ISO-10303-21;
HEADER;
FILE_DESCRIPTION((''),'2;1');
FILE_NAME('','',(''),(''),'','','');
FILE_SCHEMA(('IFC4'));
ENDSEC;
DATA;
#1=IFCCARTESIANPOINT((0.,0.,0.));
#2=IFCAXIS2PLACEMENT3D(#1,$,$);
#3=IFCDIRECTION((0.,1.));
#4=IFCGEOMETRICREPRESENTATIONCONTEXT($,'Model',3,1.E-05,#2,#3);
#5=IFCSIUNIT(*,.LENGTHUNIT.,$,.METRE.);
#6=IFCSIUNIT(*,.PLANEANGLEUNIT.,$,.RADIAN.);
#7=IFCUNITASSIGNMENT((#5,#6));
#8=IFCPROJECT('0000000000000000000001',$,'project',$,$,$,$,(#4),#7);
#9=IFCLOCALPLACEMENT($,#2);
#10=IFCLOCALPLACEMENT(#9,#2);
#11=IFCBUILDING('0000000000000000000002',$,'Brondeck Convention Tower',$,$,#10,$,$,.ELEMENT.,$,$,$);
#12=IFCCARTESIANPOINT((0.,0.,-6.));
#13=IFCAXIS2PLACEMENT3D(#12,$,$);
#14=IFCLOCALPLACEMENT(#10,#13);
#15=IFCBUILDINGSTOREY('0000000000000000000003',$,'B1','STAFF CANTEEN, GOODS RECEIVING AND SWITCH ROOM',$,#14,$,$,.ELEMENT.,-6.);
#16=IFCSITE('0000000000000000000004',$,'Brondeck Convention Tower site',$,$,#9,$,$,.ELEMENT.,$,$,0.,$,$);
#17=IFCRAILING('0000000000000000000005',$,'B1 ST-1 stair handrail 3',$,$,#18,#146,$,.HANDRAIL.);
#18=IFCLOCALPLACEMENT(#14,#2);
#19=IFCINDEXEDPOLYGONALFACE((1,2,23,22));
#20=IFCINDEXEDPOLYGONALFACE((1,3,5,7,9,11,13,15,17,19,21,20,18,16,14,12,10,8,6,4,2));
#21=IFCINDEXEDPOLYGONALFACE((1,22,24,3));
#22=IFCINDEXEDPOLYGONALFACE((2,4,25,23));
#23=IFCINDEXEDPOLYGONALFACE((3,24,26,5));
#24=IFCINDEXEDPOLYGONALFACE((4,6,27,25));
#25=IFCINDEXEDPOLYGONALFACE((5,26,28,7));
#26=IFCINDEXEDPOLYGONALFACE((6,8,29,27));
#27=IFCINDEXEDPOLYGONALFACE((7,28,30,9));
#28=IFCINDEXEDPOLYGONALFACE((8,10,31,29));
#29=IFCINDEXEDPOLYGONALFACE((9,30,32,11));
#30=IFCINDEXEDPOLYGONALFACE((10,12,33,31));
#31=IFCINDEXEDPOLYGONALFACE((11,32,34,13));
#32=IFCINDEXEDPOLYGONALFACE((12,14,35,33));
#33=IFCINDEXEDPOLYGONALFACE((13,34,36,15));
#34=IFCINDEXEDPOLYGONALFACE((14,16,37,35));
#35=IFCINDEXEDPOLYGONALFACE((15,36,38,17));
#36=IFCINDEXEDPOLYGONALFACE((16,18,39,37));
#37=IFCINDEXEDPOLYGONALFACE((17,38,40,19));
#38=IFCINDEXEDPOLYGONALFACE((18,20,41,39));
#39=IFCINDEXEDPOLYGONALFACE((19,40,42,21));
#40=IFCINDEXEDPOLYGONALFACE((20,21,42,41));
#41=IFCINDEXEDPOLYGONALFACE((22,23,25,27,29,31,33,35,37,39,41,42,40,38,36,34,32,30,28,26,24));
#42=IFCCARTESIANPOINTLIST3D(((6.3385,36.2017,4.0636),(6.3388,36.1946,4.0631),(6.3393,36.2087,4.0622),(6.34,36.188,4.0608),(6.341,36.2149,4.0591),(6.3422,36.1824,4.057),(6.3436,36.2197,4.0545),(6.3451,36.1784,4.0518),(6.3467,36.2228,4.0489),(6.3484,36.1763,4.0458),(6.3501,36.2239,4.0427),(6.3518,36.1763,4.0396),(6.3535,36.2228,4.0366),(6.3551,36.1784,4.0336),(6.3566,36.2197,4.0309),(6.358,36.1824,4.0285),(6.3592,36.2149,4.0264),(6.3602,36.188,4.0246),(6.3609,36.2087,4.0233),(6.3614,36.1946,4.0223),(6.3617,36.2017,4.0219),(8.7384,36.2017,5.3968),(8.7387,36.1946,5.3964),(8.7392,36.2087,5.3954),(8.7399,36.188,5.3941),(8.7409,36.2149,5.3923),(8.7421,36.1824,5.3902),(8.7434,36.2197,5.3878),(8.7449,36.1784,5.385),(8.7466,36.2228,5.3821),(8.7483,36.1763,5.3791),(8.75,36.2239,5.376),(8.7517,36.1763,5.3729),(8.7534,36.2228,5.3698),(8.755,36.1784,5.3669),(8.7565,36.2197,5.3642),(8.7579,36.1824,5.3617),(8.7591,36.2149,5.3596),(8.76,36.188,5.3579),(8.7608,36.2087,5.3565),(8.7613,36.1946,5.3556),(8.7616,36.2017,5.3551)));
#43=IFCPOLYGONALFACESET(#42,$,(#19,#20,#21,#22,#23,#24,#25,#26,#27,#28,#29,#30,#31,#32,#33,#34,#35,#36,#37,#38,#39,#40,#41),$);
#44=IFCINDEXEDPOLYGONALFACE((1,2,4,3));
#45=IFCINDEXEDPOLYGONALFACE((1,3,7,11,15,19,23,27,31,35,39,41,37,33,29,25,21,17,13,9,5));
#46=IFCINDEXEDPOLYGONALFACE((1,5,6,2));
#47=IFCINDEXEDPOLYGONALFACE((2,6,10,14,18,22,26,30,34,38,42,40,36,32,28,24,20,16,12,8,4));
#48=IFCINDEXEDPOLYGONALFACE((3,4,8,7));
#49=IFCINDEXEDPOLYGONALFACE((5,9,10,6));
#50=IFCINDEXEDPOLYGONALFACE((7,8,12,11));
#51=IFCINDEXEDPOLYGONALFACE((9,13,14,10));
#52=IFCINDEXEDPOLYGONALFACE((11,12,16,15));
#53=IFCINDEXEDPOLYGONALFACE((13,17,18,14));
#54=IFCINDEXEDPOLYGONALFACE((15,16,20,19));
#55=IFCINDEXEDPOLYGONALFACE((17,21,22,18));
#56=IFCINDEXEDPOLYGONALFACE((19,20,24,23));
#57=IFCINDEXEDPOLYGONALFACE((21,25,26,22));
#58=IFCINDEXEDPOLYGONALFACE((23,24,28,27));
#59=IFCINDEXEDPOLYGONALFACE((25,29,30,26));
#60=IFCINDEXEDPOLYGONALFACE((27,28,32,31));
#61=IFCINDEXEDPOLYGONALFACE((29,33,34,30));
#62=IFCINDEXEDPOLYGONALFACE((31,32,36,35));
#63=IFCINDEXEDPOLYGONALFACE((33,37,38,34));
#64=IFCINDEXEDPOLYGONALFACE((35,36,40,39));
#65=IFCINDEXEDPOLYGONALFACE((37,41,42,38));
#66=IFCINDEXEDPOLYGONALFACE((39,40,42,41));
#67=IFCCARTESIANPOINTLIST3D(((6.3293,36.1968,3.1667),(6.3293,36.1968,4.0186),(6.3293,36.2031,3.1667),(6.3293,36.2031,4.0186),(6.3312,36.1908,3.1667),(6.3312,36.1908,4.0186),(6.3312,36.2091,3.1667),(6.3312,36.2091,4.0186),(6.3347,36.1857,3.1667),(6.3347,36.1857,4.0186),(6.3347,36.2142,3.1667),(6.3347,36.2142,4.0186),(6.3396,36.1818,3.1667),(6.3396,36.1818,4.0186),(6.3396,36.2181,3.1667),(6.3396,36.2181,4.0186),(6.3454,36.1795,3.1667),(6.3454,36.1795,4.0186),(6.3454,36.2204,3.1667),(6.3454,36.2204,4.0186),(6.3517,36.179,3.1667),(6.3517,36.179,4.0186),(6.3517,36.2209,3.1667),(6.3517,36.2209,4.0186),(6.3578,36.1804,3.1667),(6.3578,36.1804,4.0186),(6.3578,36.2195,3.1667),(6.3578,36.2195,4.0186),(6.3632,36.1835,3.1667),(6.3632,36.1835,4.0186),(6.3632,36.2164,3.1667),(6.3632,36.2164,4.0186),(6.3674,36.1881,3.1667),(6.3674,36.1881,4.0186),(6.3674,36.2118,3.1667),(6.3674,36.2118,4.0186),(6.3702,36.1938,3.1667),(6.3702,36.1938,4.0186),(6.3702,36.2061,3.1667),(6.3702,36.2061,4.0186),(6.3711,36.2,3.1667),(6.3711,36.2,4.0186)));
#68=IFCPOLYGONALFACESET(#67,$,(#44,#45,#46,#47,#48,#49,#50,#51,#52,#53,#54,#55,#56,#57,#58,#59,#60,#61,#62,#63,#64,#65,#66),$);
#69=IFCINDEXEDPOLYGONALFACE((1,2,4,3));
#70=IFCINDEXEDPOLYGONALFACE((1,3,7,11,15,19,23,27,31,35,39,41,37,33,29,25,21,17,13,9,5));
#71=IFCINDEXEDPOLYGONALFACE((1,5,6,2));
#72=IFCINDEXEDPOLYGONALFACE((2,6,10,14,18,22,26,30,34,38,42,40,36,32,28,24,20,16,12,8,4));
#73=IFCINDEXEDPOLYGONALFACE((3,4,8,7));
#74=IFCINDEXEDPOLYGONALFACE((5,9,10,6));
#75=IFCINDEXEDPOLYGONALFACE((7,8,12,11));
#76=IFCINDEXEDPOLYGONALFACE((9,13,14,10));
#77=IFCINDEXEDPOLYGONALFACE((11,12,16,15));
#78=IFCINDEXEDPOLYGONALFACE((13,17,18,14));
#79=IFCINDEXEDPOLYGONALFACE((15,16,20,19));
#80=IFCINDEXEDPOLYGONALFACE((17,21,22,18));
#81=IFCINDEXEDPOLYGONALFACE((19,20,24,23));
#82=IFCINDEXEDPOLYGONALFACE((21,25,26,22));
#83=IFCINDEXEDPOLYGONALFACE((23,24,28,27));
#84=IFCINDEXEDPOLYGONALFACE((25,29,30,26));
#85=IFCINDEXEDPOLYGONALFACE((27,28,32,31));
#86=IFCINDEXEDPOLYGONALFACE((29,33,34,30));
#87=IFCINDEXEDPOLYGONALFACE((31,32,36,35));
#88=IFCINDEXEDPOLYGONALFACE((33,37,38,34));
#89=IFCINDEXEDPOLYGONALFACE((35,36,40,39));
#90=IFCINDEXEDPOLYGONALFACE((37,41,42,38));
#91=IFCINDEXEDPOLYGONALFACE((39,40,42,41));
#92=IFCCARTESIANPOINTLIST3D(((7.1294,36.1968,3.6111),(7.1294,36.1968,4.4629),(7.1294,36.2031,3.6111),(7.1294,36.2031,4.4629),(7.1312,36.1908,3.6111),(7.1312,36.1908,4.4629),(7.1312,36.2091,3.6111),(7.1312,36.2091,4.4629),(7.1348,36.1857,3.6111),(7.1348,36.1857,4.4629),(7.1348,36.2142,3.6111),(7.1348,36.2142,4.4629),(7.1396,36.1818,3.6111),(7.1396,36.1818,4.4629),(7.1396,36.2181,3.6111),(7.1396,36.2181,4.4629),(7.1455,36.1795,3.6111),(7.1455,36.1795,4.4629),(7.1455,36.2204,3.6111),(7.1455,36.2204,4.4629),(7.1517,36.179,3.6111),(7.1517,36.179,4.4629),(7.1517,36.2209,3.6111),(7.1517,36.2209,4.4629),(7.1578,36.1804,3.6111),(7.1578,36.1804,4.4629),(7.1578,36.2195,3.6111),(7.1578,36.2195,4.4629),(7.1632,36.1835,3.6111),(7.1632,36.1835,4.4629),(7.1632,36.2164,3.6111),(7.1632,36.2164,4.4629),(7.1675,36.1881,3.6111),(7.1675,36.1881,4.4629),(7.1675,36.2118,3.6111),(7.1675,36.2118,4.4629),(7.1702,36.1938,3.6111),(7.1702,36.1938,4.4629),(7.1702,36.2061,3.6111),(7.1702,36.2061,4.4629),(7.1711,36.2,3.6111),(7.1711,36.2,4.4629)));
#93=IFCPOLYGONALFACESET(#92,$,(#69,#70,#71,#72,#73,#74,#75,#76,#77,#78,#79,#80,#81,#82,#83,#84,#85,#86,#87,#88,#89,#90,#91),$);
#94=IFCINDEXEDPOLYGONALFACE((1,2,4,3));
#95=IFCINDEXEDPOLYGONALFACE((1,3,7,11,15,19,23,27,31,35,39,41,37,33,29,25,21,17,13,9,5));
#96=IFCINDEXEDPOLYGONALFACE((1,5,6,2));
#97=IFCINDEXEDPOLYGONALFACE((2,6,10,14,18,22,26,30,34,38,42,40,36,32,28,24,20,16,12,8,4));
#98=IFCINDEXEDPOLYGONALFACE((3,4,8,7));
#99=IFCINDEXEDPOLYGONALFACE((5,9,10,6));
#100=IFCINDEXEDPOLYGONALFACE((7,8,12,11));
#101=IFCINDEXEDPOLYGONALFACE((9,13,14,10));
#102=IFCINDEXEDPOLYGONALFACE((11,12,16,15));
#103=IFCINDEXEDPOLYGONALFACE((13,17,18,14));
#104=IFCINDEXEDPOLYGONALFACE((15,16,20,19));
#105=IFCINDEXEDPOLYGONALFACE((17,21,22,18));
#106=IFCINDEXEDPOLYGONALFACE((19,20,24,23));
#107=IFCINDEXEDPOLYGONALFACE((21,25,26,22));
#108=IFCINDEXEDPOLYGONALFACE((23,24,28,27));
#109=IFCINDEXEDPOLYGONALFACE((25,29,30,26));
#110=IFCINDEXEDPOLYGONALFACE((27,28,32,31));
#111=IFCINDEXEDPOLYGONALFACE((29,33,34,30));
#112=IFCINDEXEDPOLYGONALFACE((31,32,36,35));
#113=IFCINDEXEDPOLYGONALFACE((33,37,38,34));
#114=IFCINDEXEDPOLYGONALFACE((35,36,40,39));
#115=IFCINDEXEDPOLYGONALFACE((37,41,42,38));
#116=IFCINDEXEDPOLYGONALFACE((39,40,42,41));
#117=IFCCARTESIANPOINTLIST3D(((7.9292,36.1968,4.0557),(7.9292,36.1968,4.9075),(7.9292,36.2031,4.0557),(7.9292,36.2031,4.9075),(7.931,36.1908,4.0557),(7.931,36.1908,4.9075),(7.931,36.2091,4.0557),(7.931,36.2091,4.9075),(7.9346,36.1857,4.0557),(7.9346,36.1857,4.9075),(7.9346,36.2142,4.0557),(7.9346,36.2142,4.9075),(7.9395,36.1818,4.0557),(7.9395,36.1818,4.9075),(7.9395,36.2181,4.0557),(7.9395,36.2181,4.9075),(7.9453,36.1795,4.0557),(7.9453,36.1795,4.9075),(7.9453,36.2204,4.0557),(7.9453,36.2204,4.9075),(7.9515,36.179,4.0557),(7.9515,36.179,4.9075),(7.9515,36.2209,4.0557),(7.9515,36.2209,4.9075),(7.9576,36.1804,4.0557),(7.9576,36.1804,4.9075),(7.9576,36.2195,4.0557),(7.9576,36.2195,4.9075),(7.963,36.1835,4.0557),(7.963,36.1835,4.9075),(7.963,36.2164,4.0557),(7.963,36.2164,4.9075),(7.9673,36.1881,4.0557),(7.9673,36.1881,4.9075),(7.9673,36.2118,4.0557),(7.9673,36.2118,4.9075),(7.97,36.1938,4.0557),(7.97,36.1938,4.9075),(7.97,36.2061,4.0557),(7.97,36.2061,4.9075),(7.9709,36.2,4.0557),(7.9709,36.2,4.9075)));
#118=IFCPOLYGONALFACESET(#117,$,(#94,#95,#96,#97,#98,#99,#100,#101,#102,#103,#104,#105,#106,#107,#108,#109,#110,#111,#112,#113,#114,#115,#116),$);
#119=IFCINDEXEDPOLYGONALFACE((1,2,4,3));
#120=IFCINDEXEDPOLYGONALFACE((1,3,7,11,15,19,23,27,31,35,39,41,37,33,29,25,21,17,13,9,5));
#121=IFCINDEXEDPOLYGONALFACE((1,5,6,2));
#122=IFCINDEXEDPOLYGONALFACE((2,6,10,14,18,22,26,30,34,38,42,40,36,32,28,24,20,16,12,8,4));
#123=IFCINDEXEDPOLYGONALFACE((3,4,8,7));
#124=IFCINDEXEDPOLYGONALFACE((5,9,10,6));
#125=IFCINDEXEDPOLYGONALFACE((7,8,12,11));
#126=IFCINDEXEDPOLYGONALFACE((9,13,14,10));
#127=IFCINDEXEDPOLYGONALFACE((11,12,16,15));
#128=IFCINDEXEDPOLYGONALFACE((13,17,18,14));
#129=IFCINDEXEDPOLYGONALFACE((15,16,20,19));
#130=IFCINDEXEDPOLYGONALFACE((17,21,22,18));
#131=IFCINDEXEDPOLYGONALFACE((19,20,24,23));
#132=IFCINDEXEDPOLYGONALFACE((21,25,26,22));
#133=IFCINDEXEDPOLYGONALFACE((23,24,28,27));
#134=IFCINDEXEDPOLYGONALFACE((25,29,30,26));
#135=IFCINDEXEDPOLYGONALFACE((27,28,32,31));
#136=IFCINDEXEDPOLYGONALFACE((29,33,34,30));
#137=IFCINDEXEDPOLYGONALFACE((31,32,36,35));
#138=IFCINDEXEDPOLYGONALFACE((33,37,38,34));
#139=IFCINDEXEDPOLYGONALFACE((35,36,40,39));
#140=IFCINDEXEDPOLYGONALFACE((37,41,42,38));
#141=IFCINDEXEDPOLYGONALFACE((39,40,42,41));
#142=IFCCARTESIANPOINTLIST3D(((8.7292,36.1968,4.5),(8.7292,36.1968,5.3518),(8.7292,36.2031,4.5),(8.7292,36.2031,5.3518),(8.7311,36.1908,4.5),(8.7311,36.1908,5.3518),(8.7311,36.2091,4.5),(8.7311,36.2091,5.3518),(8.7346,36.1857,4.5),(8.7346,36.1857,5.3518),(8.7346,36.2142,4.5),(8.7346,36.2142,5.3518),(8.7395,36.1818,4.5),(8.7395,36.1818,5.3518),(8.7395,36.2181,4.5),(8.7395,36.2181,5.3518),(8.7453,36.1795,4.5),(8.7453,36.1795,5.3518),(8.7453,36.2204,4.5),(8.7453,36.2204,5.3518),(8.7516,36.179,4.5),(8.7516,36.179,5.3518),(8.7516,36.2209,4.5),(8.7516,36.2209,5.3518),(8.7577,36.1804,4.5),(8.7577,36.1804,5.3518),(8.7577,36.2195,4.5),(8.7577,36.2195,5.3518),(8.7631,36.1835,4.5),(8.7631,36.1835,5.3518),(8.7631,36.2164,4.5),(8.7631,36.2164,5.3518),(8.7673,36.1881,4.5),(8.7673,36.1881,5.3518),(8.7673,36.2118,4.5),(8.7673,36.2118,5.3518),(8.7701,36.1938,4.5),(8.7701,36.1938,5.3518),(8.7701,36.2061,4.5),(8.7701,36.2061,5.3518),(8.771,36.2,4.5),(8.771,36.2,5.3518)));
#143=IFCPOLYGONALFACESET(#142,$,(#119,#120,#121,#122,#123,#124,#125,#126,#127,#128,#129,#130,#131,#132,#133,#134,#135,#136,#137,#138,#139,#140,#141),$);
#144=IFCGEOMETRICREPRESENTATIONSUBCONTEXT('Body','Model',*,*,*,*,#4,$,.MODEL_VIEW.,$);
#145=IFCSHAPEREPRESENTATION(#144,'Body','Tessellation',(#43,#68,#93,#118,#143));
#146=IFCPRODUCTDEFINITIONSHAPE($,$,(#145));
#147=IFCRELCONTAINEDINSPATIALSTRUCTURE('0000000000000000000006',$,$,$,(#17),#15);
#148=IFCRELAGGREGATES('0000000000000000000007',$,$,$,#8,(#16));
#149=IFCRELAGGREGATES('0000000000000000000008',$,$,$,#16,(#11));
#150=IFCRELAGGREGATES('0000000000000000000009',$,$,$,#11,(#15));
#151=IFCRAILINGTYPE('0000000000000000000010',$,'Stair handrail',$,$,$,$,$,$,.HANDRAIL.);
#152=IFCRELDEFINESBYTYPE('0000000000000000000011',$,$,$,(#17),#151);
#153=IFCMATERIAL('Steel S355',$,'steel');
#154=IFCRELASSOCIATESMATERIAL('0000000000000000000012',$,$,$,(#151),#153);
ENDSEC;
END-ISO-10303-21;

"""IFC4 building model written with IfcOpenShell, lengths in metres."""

from ifc_helpers import new_model, si_unit, direction, frame, origin, origin_2d, place, context, subcontext, project, spatial, circle, extrude, material, type_object, element, save


model = new_model("IFC4")

# Units and contexts
model_context = context("Model", 3, precision=1e-05, world=origin(), true_north=direction((0.0, 1.0)))
body_context = subcontext(model_context, "Body", "Model", "MODEL_VIEW")
ifc_project = project(units=[si_unit("LENGTHUNIT", "METRE"), si_unit("PLANEANGLEUNIT", "RADIAN")], contexts=[model_context])

# Site, building, storey
site_placement = place(None, origin())
site = spatial("IfcSite", under=ifc_project, at=site_placement, Name="Brondeck Convention Tower site", CompositionType="ELEMENT", RefElevation=0.0)
building_placement = place(site_placement, origin())
building = spatial("IfcBuilding", under=site, at=building_placement, Name="Brondeck Convention Tower", CompositionType="ELEMENT")
storey_placement = place(building_placement, frame((0.0, 0.0, -6.0)))
storey = spatial("IfcBuildingStorey", under=building, at=storey_placement, Name="B1", Description="STAFF CANTEEN, GOODS RECEIVING AND SWITCH ROOM", CompositionType="ELEMENT", Elevation=-6.0)

# Shared definitions
ifc_material_1 = material(Name="Steel S355", Category="steel")

# Railing
railing_type = type_object("IfcRailingType", Name="Stair handrail", PredefinedType="HANDRAIL", material=ifc_material_1)
for number, where, name in (
    (1, (6.3501, 36.2, 3.1667), "B1 ST-1 stair handrail 3"),
):
    element("IfcRailing", number, at=place(storey_placement, frame(where)), inside=storey, type_object=railing_type, Name=name, PredefinedType="HANDRAIL", context=body_context, shape_type="SweptSolid", body=[
        extrude(circle(Radius=0.0239, at=origin_2d()), frame((0.0, 0.0, 0.876), z_axis=(0.874161, 0.0, 0.485635), x_axis=(0.0, 1.0, 0.0)), (0.0, 0.0, 1.0), 2.7454),
        extrude(circle(Radius=0.021, at=origin_2d()), origin(), (0.0, 0.0, 1.0), 0.8518),
        extrude(circle(Radius=0.021, at=origin_2d()), frame((0.8, 0.0, 0.4443)), (0.0, 0.0, 1.0), 0.8518),
        extrude(circle(Radius=0.021, at=origin_2d()), frame((1.5999, 0.0, 0.8889)), (0.0, 0.0, 1.0), 0.8518),
        extrude(circle(Radius=0.021, at=origin_2d()), frame((2.3999, 0.0, 1.3333)), (0.0, 0.0, 1.0), 0.8518),
    ])

save(model, "model.ifc")
